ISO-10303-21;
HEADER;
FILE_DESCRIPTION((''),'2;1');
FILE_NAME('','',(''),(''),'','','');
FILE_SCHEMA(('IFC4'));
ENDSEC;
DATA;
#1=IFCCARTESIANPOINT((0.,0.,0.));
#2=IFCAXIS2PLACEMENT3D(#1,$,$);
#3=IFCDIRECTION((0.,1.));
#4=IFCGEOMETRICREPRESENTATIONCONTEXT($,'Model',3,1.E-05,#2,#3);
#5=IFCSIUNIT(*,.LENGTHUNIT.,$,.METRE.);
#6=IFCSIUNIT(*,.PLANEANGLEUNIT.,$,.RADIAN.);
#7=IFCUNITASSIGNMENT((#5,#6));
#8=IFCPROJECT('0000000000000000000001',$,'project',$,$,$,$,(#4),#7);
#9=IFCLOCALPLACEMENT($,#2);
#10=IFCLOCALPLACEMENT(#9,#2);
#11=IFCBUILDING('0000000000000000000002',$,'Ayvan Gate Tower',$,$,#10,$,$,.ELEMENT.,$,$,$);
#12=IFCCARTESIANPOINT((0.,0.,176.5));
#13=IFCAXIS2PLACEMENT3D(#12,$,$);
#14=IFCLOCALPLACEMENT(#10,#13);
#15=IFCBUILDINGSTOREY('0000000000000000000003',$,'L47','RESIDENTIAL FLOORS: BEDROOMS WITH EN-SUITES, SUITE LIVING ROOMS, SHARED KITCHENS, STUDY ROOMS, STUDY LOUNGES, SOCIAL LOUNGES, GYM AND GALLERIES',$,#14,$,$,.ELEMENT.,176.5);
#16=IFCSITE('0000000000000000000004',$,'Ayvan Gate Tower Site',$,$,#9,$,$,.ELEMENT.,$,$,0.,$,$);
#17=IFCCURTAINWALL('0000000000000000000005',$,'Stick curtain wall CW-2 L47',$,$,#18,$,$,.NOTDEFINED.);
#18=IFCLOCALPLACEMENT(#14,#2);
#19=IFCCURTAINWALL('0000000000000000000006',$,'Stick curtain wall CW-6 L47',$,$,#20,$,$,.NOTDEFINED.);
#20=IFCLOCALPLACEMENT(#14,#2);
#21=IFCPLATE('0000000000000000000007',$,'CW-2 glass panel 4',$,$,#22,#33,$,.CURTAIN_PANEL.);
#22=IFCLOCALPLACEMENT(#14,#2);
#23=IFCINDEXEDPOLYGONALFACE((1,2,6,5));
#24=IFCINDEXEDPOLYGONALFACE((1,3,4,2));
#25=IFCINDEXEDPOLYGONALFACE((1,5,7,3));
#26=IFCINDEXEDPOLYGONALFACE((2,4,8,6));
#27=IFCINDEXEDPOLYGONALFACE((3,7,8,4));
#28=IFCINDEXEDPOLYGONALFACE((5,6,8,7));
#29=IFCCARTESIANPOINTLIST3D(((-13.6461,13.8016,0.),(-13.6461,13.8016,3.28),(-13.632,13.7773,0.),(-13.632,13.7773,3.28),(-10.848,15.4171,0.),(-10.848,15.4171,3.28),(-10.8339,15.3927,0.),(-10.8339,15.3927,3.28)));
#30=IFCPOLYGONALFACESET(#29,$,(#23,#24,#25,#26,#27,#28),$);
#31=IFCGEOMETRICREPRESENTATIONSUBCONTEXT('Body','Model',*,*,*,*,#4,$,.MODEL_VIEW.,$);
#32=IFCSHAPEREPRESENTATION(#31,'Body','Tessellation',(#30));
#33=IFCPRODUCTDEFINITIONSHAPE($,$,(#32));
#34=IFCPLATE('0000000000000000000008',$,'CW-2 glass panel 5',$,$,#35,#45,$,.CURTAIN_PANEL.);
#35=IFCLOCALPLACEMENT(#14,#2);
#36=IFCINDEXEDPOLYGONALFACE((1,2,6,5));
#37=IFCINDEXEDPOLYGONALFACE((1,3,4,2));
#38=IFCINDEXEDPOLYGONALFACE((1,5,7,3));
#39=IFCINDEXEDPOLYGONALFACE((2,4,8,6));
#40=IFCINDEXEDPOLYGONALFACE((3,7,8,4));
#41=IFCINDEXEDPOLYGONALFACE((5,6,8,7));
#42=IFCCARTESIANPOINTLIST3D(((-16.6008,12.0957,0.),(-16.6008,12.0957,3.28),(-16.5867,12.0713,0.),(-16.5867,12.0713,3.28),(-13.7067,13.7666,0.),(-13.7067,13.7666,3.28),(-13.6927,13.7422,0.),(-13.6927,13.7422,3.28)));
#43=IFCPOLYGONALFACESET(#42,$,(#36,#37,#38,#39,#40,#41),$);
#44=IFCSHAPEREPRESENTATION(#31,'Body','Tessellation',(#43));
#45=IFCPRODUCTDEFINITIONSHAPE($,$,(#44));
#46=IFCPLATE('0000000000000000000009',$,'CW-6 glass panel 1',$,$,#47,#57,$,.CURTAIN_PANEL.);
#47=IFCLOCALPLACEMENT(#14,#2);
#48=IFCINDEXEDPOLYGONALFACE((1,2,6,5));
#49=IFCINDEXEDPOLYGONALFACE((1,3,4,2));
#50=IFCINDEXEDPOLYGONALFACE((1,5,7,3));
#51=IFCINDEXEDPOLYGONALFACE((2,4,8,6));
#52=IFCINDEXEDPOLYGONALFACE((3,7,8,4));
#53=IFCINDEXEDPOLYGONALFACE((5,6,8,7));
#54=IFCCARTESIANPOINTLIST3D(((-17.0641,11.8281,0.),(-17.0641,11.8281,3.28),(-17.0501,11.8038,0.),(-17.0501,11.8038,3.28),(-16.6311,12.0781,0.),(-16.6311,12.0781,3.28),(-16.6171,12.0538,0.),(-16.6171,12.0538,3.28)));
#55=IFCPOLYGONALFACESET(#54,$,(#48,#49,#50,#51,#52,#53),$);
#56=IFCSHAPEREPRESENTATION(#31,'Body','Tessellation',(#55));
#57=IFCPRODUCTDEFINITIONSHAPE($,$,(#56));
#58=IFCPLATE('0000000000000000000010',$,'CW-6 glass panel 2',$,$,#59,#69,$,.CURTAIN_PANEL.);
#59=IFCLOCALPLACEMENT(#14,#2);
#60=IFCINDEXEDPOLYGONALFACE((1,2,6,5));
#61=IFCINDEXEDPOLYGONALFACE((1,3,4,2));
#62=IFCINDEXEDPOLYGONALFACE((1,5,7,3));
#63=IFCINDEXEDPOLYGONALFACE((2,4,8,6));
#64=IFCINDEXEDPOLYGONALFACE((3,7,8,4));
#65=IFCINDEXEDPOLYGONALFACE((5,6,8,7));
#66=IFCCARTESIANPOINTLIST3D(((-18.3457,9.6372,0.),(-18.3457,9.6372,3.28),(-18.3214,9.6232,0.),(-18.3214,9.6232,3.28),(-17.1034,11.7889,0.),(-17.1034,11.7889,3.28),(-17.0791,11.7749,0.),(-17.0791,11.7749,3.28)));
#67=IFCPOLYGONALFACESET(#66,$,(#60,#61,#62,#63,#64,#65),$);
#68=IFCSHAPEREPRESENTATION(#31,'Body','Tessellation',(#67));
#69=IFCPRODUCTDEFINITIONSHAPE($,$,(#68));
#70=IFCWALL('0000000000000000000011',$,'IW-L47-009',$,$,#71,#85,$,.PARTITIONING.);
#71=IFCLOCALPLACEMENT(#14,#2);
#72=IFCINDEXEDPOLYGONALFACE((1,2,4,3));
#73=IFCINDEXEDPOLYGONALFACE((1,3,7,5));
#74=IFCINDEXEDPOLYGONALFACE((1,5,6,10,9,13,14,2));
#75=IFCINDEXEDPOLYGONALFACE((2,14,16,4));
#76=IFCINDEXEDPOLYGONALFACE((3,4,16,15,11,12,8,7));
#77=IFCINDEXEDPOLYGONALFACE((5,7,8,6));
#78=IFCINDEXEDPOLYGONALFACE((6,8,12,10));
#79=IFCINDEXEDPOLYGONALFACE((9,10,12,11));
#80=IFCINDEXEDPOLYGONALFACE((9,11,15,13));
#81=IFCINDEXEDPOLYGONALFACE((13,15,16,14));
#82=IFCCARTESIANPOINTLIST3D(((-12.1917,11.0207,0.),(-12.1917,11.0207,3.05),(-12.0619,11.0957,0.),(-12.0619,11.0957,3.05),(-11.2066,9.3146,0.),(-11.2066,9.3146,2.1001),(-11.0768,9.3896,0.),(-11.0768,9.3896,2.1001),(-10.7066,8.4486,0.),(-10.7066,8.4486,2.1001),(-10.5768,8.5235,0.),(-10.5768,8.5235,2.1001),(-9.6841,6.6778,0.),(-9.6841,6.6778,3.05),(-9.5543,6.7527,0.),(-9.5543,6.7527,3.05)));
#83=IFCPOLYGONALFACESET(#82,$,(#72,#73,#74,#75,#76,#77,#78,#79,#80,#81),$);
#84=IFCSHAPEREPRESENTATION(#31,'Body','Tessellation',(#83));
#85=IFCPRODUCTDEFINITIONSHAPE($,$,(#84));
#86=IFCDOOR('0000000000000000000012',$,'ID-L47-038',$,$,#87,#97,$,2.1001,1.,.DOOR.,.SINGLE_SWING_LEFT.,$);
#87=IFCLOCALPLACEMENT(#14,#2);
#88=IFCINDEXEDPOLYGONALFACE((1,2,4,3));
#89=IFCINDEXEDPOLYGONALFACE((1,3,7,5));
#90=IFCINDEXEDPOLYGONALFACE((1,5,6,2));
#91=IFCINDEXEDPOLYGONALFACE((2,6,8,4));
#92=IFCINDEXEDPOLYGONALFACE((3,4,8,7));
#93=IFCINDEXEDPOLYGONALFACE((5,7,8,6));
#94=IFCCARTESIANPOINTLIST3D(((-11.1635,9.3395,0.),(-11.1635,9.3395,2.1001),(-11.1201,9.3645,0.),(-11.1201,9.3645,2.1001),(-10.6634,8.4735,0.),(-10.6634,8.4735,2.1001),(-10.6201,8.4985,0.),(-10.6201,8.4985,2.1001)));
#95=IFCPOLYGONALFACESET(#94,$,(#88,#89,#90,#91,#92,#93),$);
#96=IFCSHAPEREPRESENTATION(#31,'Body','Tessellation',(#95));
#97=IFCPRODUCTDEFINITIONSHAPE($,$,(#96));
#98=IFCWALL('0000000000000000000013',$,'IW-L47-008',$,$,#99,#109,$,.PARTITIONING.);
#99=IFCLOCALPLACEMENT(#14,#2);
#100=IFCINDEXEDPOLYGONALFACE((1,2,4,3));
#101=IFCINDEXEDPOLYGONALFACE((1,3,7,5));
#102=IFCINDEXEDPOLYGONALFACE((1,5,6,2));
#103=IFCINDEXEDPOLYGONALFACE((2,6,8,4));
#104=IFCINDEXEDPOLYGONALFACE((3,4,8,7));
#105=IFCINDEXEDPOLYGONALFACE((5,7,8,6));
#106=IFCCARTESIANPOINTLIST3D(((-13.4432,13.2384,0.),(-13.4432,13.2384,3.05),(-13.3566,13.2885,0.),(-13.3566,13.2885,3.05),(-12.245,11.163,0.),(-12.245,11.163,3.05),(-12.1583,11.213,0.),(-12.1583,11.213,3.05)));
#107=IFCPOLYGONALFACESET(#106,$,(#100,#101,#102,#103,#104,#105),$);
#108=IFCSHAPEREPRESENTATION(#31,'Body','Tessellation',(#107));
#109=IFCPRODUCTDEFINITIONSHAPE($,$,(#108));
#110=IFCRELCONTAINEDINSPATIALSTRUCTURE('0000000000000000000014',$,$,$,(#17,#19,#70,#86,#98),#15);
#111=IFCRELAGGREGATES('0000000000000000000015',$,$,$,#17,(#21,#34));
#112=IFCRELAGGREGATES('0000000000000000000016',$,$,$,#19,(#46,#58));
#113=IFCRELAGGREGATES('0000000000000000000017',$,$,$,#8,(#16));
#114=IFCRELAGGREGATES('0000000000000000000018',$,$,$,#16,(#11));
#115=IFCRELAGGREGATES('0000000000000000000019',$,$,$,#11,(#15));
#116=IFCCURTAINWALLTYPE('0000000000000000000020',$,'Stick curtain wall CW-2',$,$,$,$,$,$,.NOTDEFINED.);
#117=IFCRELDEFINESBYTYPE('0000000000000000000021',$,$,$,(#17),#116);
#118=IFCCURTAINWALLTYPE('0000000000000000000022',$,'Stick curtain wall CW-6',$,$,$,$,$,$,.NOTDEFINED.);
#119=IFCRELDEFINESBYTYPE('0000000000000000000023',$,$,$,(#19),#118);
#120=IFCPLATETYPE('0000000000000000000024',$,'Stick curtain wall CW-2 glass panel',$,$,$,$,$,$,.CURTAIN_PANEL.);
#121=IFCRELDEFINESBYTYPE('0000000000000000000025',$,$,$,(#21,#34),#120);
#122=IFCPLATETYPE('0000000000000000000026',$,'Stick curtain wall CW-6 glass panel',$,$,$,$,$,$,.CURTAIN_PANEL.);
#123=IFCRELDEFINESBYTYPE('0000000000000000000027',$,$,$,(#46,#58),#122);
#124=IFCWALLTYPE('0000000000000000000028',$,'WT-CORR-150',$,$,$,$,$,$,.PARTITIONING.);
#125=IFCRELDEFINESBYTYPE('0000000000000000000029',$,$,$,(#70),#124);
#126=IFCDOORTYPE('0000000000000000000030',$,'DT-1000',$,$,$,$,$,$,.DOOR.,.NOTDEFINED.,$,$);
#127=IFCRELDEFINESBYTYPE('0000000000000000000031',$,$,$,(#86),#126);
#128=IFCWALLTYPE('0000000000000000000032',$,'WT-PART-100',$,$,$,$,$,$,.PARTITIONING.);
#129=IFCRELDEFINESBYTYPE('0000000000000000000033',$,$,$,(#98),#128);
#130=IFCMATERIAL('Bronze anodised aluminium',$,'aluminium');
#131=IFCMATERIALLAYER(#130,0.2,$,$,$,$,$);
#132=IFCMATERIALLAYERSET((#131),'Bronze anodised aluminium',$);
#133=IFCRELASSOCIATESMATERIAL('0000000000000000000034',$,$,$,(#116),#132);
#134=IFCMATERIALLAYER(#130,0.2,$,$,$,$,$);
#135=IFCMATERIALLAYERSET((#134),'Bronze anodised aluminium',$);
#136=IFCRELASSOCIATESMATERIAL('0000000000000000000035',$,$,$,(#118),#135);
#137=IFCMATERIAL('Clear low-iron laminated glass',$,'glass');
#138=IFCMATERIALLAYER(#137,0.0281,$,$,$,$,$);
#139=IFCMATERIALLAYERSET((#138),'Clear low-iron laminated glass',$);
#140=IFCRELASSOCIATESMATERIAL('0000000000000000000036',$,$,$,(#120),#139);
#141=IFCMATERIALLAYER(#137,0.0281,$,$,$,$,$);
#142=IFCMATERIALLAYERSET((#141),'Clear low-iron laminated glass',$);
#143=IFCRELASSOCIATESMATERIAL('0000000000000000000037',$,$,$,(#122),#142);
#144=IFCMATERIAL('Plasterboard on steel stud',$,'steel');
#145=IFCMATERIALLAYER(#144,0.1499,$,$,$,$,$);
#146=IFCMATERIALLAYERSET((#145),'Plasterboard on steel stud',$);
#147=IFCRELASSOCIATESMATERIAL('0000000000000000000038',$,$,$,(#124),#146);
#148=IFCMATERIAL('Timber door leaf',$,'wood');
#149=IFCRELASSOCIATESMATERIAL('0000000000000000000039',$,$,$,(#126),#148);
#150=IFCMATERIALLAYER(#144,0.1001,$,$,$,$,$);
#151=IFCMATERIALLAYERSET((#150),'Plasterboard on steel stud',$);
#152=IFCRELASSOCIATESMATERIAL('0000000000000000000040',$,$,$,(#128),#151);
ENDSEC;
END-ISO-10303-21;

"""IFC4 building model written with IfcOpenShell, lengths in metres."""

from ifc_helpers import new_model, si_unit, direction, frame, frame_2d, origin, origin_2d, place, context, subcontext, project, spatial, rectangle, extrude, material, layer, layer_set, type_object, element, fill, aggregate, save


model = new_model("IFC4")

# Units and contexts
model_context = context("Model", 3, precision=1e-05, world=origin(), true_north=direction((0.0, 1.0)))
body_context = subcontext(model_context, "Body", "Model", "MODEL_VIEW")
ifc_project = project(units=[si_unit("LENGTHUNIT", "METRE"), si_unit("PLANEANGLEUNIT", "RADIAN")], contexts=[model_context])

# Site, building, storey
site_placement = place(None, origin())
site = spatial("IfcSite", under=ifc_project, at=site_placement, Name="Ayvan Gate Tower Site", CompositionType="ELEMENT", RefElevation=0.0)
building_placement = place(site_placement, origin())
building = spatial("IfcBuilding", under=site, at=building_placement, Name="Ayvan Gate Tower", CompositionType="ELEMENT")
storey_placement = place(building_placement, frame((0.0, 0.0, 176.5)))
storey = spatial("IfcBuildingStorey", under=building, at=storey_placement, Name="L47", Description="RESIDENTIAL FLOORS: BEDROOMS WITH EN-SUITES, SUITE LIVING ROOMS, SHARED KITCHENS, STUDY ROOMS, STUDY LOUNGES, SOCIAL LOUNGES, GYM AND GALLERIES", CompositionType="ELEMENT", Elevation=176.5)

# Curtain walls
ifc_material_1 = material(Name="Bronze anodised aluminium", Category="aluminium")
ifc_layer_1 = layer(ifc_material_1, 0.2)
ifc_layer_set_1 = layer_set([ifc_layer_1], Name="Bronze anodised aluminium")
curtain_wall_type_1 = type_object("IfcCurtainWallType", Name="Stick curtain wall CW-2", PredefinedType="NOTDEFINED", material=ifc_layer_set_1)
curtain_wall_1_placement = place(storey_placement, origin())
curtain_wall_1 = element("IfcCurtainWall", 1, at=curtain_wall_1_placement, inside=storey, type_object=curtain_wall_type_1, Name="Stick curtain wall CW-2 L47", PredefinedType="NOTDEFINED")
ifc_layer_2 = layer(ifc_material_1, 0.2)
ifc_layer_set_2 = layer_set([ifc_layer_2], Name="Bronze anodised aluminium")
curtain_wall_type_2 = type_object("IfcCurtainWallType", Name="Stick curtain wall CW-6", PredefinedType="NOTDEFINED", material=ifc_layer_set_2)
curtain_wall_2_placement = place(storey_placement, origin())
curtain_wall_2 = element("IfcCurtainWall", 2, at=curtain_wall_2_placement, inside=storey, type_object=curtain_wall_type_2, Name="Stick curtain wall CW-6 L47", PredefinedType="NOTDEFINED")

# Plates
ifc_material_2 = material(Name="Clear low-iron laminated glass", Category="glass")
ifc_layer_3 = layer(ifc_material_2, 0.0281)
ifc_layer_set_3 = layer_set([ifc_layer_3], Name="Clear low-iron laminated glass")
plate_type_1 = type_object("IfcPlateType", Name="Stick curtain wall CW-2 glass panel", PredefinedType="CURTAIN_PANEL", material=ifc_layer_set_3)
plate_1_placement = place(storey_placement, frame((-12.24, 14.5972, 0.0), z_axis=(0.0, 0.0, 1.0), x_axis=(-0.866025, -0.5, 0.0)))
plate_1 = element("IfcPlate", 3, at=plate_1_placement, type_object=plate_type_1, Name="CW-2 glass panel 4", PredefinedType="CURTAIN_PANEL", context=body_context, shape_type="SweptSolid", body=[
    extrude(rectangle(XDim=3.231, YDim=0.0281, at=origin_2d()), origin(), (0.0, 0.0, 1.0), 3.28),
])
plate_2_placement = place(storey_placement, frame((-15.1467, 12.9189, 0.0), z_axis=(0.0, 0.0, 1.0), x_axis=(-0.866025, -0.5, 0.0)))
plate_2 = element("IfcPlate", 4, at=plate_2_placement, type_object=plate_type_1, Name="CW-2 glass panel 5", PredefinedType="CURTAIN_PANEL", context=body_context, shape_type="SweptSolid", body=[
    extrude(rectangle(XDim=3.3418, YDim=0.0281, at=origin_2d()), origin(), (0.0, 0.0, 1.0), 3.28),
])
aggregate(curtain_wall_1, [plate_1, plate_2])
ifc_layer_4 = layer(ifc_material_2, 0.0281)
ifc_layer_set_4 = layer_set([ifc_layer_4], Name="Clear low-iron laminated glass")
plate_type_2 = type_object("IfcPlateType", Name="Stick curtain wall CW-6 glass panel", PredefinedType="CURTAIN_PANEL", material=ifc_layer_set_4)
plate_3_placement = place(storey_placement, frame((-16.8406, 11.9409, 0.0), z_axis=(0.0, 0.0, 1.0), x_axis=(-0.866025, -0.5, 0.0)))
plate_3 = element("IfcPlate", 5, at=plate_3_placement, type_object=plate_type_2, Name="CW-6 glass panel 1", PredefinedType="CURTAIN_PANEL", context=body_context, shape_type="SweptSolid", body=[
    extrude(rectangle(XDim=0.5, YDim=0.0281, at=origin_2d()), origin(), (0.0, 0.0, 1.0), 3.28),
])
plate_4_placement = place(storey_placement, frame((-17.7124, 10.7061, 0.0), z_axis=(0.0, 0.0, 1.0), x_axis=(-0.5, -0.866025, 0.0)))
plate_4 = element("IfcPlate", 6, at=plate_4_placement, type_object=plate_type_2, Name="CW-6 glass panel 2", PredefinedType="CURTAIN_PANEL", context=body_context, shape_type="SweptSolid", body=[
    extrude(rectangle(XDim=2.4846, YDim=0.0281, at=origin_2d()), origin(), (0.0, 0.0, 1.0), 3.28),
])
aggregate(curtain_wall_2, [plate_3, plate_4])

# Wall, opening, door
ifc_material_3 = material(Name="Plasterboard on steel stud", Category="steel")
ifc_layer_5 = layer(ifc_material_3, 0.1499)
ifc_layer_set_5 = layer_set([ifc_layer_5], Name="Plasterboard on steel stud")
wall_type_1 = type_object("IfcWallType", Name="WT-CORR-150", PredefinedType="PARTITIONING", material=ifc_layer_set_5)
wall_1_placement = place(storey_placement, frame((-12.1267, 11.0581, 0.0), z_axis=(0.0, 0.0, 1.0), x_axis=(0.500019, -0.866015, 0.0)))
wall_1 = element("IfcWall", 7, at=wall_1_placement, inside=storey, type_object=wall_type_1, Name="IW-L47-009", PredefinedType="PARTITIONING", context=body_context, shape_type="SweptSolid", body=[
    extrude(rectangle(XDim=5.0149, YDim=0.1499, at=frame_2d((2.5073, 0.0))), origin(), (0.0, 0.0, 1.0), 3.05),
])
opening_placement = place(wall_1_placement, frame((1.97, 0.0, 0.0)))
opening = element("IfcOpeningElement", 8, at=opening_placement, cuts=wall_1, PredefinedType="OPENING", context=body_context, shape_type="SweptSolid", body=[
    extrude(rectangle(XDim=1.0, YDim=2.1001, at=frame_2d((0.5, 1.05))), frame((0.0, 0.085, 0.0), z_axis=(0.0, -1.0, 0.0), x_axis=(1.0, 0.0, 0.0)), (0.0, 0.0, 1.0), 0.1699),
])
ifc_material_4 = material(Name="Timber door leaf", Category="wood")
door_type = type_object("IfcDoorType", Name="DT-1000", OperationType="NOTDEFINED", PredefinedType="DOOR", material=ifc_material_4)
door_placement = place(opening_placement, origin())
door = element("IfcDoor", 9, at=door_placement, inside=storey, type_object=door_type, Name="ID-L47-038", OperationType="SINGLE_SWING_LEFT", OverallHeight=2.1001, OverallWidth=1.0, PredefinedType="DOOR", context=body_context, shape_type="SweptSolid", body=[
    extrude(rectangle(XDim=1.0, YDim=2.1001, at=frame_2d((0.5, 1.05))), frame((0.0, 0.0249, 0.0), z_axis=(0.0, -1.0, 0.0), x_axis=(1.0, 0.0, 0.0)), (0.0, 0.0, 1.0), 0.05),
])
fill(opening, door)

# Wall
ifc_layer_6 = layer(ifc_material_3, 0.1001)
ifc_layer_set_6 = layer_set([ifc_layer_6], Name="Plasterboard on steel stud")
wall_type_2 = type_object("IfcWallType", Name="WT-PART-100", PredefinedType="PARTITIONING", material=ifc_layer_set_6)
wall_2_placement = place(storey_placement, frame((-13.3999, 13.2634, 0.0), z_axis=(0.0, 0.0, 1.0), x_axis=(0.499996, -0.866028, 0.0)))
element("IfcWall", 10, at=wall_2_placement, inside=storey, type_object=wall_type_2, Name="IW-L47-008", PredefinedType="PARTITIONING", context=body_context, shape_type="SweptSolid", body=[
    extrude(rectangle(XDim=2.3965, YDim=0.1001, at=frame_2d((1.1982, 0.0))), origin(), (0.0, 0.0, 1.0), 3.05),
])

save(model, "model.ifc")
